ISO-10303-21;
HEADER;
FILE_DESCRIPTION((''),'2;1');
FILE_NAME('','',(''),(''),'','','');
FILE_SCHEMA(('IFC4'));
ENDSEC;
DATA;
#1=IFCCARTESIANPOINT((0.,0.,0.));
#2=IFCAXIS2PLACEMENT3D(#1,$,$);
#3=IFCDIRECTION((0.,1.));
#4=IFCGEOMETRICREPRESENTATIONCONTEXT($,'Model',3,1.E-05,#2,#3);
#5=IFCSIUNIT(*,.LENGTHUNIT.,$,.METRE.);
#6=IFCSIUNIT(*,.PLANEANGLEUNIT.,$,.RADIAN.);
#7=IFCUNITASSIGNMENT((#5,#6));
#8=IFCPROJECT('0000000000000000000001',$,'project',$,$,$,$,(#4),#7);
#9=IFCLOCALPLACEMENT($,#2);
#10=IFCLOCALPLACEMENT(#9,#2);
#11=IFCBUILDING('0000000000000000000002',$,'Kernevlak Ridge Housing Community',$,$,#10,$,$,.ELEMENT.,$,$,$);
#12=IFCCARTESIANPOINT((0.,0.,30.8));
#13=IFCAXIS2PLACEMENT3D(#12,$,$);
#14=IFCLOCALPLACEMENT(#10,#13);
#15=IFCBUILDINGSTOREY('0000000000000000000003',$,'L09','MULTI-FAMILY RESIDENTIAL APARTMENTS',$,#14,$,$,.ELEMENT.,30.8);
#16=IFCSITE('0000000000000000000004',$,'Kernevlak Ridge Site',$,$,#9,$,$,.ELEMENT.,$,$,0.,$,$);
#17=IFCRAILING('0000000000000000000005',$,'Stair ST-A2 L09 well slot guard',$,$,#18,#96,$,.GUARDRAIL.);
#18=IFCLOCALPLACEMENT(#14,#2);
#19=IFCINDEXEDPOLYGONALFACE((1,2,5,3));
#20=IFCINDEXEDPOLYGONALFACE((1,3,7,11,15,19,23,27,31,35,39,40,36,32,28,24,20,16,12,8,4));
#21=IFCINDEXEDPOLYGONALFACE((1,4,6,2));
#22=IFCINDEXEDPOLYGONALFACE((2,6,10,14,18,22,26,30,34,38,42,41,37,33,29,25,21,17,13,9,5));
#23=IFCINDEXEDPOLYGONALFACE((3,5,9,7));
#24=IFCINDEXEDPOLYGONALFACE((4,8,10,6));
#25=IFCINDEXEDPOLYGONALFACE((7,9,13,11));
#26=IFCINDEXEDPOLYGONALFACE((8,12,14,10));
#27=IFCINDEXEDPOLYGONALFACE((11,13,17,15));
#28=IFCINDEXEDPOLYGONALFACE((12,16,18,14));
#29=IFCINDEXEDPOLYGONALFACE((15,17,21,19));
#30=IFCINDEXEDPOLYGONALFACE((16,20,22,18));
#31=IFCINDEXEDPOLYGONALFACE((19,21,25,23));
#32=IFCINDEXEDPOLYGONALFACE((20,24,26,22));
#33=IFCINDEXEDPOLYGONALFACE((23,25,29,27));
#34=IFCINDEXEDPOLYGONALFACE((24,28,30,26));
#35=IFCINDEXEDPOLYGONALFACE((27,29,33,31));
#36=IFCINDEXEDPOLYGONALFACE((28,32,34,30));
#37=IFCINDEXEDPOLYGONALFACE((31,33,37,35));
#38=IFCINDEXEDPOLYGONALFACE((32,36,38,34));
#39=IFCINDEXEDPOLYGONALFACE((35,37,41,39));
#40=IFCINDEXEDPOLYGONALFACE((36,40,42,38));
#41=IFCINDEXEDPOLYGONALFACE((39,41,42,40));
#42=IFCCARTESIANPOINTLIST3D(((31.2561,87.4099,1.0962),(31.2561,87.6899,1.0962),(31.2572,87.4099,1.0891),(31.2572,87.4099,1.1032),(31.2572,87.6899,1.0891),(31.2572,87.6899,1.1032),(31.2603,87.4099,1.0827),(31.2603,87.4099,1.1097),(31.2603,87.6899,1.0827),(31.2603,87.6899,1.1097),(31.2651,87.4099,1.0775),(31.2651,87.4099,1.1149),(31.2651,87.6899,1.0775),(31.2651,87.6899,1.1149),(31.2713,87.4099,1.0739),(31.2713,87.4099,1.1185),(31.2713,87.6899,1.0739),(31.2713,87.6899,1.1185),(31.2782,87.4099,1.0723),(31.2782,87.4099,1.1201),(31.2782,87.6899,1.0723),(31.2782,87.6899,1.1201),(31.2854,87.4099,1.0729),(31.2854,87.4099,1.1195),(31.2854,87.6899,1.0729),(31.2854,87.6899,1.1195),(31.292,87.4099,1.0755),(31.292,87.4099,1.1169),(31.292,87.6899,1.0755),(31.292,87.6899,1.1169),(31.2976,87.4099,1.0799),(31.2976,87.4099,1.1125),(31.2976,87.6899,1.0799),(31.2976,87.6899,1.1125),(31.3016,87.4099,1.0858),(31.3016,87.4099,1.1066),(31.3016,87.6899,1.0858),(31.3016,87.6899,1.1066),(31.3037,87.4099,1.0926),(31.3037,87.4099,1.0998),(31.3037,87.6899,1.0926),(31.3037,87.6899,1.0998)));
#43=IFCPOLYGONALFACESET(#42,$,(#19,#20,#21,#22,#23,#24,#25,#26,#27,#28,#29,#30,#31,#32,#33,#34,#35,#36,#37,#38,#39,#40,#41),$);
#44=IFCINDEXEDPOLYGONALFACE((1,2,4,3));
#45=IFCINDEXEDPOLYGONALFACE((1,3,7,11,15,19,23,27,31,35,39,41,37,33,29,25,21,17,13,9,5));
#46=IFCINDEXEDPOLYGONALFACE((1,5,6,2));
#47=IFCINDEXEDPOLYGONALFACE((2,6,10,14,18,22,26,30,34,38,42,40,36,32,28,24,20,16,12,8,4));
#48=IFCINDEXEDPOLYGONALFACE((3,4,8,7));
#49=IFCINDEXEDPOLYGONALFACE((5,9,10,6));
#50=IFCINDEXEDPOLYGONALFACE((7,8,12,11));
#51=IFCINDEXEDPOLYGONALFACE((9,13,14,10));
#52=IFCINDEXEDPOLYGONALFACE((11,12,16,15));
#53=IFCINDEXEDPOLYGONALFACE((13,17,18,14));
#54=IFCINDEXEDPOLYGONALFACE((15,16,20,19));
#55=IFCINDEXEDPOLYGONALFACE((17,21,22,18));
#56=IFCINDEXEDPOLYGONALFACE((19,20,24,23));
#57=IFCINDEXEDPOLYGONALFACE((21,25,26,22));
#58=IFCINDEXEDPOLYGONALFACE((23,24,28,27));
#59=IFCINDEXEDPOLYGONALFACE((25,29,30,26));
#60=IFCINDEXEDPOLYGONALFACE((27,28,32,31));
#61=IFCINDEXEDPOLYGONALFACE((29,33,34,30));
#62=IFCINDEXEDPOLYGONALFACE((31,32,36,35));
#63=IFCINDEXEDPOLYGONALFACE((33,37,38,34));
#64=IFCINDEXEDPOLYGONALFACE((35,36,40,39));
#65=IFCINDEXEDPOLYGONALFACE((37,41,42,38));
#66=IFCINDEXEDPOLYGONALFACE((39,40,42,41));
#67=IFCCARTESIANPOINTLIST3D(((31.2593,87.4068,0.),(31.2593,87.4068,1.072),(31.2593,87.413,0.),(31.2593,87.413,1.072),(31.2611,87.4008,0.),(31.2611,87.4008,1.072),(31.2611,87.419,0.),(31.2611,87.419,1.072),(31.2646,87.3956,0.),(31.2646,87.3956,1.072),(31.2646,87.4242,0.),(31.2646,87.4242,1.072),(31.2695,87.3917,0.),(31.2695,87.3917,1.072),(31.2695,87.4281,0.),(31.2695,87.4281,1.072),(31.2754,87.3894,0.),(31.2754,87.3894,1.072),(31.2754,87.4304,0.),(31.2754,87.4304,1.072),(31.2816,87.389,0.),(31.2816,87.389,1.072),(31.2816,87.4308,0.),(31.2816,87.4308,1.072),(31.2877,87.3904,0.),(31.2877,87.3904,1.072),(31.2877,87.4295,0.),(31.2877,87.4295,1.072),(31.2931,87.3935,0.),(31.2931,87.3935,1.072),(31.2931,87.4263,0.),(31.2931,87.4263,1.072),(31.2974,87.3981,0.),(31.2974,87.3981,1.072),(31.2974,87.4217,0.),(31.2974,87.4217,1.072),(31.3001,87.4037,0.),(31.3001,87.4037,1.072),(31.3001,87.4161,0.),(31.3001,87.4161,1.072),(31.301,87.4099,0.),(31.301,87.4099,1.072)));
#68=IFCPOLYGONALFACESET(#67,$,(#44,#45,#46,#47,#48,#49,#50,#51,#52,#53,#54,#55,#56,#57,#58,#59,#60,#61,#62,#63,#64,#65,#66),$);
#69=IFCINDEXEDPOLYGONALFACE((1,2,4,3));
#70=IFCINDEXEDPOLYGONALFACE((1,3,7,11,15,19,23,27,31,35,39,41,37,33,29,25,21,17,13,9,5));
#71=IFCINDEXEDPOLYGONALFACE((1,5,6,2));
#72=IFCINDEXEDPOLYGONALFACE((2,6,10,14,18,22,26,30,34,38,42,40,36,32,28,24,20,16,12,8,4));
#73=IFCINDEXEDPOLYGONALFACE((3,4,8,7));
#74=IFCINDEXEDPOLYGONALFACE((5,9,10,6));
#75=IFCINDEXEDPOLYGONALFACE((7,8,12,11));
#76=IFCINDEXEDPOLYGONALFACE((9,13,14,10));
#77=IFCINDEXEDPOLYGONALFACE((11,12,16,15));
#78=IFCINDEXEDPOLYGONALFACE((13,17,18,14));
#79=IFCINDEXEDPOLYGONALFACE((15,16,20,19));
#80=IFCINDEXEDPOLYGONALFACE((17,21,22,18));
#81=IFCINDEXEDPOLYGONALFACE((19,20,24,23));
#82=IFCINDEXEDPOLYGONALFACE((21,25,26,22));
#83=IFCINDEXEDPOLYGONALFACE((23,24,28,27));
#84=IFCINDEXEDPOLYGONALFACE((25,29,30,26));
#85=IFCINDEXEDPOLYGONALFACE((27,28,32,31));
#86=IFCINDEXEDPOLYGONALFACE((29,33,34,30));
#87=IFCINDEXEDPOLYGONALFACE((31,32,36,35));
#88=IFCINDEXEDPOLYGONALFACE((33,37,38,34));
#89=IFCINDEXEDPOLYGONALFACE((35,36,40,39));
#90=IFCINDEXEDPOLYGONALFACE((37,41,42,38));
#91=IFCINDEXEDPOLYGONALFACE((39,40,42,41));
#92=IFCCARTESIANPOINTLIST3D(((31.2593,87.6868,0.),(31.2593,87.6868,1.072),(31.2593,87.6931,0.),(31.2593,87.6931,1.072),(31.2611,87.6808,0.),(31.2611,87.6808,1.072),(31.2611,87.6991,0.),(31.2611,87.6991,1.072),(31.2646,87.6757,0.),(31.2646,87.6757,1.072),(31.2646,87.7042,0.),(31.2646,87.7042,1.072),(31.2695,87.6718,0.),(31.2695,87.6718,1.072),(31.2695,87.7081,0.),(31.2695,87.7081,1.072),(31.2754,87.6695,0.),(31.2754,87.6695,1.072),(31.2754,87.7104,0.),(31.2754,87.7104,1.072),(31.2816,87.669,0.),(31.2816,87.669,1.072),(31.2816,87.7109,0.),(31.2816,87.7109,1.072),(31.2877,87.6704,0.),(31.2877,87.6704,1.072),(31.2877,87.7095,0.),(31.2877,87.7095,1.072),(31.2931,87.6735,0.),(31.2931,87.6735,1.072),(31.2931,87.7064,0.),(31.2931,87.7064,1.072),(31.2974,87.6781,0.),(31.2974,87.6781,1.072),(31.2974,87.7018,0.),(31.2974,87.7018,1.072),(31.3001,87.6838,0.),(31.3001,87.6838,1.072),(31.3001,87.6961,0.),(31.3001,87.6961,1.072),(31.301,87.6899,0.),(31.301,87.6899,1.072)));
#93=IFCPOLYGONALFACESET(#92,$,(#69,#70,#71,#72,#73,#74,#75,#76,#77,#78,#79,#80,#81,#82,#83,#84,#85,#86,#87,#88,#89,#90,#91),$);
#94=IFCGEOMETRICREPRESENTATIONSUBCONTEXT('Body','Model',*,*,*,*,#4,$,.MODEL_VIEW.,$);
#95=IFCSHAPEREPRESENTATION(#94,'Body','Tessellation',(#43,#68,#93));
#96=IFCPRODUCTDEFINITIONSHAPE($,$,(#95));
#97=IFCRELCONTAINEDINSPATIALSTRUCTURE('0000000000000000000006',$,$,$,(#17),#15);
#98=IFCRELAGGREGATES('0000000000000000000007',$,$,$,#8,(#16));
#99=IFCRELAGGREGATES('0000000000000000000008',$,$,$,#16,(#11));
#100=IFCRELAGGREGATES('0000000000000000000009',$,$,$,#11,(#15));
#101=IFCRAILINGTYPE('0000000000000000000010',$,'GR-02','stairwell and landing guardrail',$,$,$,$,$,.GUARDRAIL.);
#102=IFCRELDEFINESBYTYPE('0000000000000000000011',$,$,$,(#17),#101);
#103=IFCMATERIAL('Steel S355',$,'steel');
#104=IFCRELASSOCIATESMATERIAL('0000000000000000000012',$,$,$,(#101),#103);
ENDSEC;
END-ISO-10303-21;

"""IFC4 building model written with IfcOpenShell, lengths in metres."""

from ifc_helpers import new_model, si_unit, direction, frame, origin, origin_2d, place, context, subcontext, project, spatial, circle, extrude, material, type_object, element, save


model = new_model("IFC4")

# Units and contexts
model_context = context("Model", 3, precision=1e-05, world=origin(), true_north=direction((0.0, 1.0)))
body_context = subcontext(model_context, "Body", "Model", "MODEL_VIEW")
ifc_project = project(units=[si_unit("LENGTHUNIT", "METRE"), si_unit("PLANEANGLEUNIT", "RADIAN")], contexts=[model_context])

# Site, building, storey
site_placement = place(None, origin())
site = spatial("IfcSite", under=ifc_project, at=site_placement, Name="Kernevlak Ridge Site", CompositionType="ELEMENT", RefElevation=0.0)
building_placement = place(site_placement, origin())
building = spatial("IfcBuilding", under=site, at=building_placement, Name="Kernevlak Ridge Housing Community", CompositionType="ELEMENT")
storey_placement = place(building_placement, frame((0.0, 0.0, 30.8)))
storey = spatial("IfcBuildingStorey", under=building, at=storey_placement, Name="L09", Description="MULTI-FAMILY RESIDENTIAL APARTMENTS", CompositionType="ELEMENT", Elevation=30.8)

# Railing
ifc_material_1 = material(Name="Steel S355", Category="steel")
railing_type_1 = type_object("IfcRailingType", Name="GR-02", Description="stairwell and landing guardrail", PredefinedType="GUARDRAIL", material=ifc_material_1)
railing_1_placement = place(storey_placement, frame((31.28, 87.4099, 0.0)))
element("IfcRailing", 1, at=railing_1_placement, inside=storey, type_object=railing_type_1, Name="Stair ST-A2 L09 well slot guard", PredefinedType="GUARDRAIL", context=body_context, shape_type="SweptSolid", body=[
    extrude(circle(Radius=0.0239, at=origin_2d()), frame((0.0, 0.0, 1.0962), z_axis=(0.0, 1.0, 0.0), x_axis=(-1.0, 0.0, 0.0)), (0.0, 0.0, 1.0), 0.28),
    extrude(circle(Radius=0.021, at=origin_2d()), origin(), (0.0, 0.0, 1.0), 1.072),
    extrude(circle(Radius=0.021, at=origin_2d()), frame((0.0, 0.28, 0.0)), (0.0, 0.0, 1.0), 1.072),
])

save(model, "model.ifc")
